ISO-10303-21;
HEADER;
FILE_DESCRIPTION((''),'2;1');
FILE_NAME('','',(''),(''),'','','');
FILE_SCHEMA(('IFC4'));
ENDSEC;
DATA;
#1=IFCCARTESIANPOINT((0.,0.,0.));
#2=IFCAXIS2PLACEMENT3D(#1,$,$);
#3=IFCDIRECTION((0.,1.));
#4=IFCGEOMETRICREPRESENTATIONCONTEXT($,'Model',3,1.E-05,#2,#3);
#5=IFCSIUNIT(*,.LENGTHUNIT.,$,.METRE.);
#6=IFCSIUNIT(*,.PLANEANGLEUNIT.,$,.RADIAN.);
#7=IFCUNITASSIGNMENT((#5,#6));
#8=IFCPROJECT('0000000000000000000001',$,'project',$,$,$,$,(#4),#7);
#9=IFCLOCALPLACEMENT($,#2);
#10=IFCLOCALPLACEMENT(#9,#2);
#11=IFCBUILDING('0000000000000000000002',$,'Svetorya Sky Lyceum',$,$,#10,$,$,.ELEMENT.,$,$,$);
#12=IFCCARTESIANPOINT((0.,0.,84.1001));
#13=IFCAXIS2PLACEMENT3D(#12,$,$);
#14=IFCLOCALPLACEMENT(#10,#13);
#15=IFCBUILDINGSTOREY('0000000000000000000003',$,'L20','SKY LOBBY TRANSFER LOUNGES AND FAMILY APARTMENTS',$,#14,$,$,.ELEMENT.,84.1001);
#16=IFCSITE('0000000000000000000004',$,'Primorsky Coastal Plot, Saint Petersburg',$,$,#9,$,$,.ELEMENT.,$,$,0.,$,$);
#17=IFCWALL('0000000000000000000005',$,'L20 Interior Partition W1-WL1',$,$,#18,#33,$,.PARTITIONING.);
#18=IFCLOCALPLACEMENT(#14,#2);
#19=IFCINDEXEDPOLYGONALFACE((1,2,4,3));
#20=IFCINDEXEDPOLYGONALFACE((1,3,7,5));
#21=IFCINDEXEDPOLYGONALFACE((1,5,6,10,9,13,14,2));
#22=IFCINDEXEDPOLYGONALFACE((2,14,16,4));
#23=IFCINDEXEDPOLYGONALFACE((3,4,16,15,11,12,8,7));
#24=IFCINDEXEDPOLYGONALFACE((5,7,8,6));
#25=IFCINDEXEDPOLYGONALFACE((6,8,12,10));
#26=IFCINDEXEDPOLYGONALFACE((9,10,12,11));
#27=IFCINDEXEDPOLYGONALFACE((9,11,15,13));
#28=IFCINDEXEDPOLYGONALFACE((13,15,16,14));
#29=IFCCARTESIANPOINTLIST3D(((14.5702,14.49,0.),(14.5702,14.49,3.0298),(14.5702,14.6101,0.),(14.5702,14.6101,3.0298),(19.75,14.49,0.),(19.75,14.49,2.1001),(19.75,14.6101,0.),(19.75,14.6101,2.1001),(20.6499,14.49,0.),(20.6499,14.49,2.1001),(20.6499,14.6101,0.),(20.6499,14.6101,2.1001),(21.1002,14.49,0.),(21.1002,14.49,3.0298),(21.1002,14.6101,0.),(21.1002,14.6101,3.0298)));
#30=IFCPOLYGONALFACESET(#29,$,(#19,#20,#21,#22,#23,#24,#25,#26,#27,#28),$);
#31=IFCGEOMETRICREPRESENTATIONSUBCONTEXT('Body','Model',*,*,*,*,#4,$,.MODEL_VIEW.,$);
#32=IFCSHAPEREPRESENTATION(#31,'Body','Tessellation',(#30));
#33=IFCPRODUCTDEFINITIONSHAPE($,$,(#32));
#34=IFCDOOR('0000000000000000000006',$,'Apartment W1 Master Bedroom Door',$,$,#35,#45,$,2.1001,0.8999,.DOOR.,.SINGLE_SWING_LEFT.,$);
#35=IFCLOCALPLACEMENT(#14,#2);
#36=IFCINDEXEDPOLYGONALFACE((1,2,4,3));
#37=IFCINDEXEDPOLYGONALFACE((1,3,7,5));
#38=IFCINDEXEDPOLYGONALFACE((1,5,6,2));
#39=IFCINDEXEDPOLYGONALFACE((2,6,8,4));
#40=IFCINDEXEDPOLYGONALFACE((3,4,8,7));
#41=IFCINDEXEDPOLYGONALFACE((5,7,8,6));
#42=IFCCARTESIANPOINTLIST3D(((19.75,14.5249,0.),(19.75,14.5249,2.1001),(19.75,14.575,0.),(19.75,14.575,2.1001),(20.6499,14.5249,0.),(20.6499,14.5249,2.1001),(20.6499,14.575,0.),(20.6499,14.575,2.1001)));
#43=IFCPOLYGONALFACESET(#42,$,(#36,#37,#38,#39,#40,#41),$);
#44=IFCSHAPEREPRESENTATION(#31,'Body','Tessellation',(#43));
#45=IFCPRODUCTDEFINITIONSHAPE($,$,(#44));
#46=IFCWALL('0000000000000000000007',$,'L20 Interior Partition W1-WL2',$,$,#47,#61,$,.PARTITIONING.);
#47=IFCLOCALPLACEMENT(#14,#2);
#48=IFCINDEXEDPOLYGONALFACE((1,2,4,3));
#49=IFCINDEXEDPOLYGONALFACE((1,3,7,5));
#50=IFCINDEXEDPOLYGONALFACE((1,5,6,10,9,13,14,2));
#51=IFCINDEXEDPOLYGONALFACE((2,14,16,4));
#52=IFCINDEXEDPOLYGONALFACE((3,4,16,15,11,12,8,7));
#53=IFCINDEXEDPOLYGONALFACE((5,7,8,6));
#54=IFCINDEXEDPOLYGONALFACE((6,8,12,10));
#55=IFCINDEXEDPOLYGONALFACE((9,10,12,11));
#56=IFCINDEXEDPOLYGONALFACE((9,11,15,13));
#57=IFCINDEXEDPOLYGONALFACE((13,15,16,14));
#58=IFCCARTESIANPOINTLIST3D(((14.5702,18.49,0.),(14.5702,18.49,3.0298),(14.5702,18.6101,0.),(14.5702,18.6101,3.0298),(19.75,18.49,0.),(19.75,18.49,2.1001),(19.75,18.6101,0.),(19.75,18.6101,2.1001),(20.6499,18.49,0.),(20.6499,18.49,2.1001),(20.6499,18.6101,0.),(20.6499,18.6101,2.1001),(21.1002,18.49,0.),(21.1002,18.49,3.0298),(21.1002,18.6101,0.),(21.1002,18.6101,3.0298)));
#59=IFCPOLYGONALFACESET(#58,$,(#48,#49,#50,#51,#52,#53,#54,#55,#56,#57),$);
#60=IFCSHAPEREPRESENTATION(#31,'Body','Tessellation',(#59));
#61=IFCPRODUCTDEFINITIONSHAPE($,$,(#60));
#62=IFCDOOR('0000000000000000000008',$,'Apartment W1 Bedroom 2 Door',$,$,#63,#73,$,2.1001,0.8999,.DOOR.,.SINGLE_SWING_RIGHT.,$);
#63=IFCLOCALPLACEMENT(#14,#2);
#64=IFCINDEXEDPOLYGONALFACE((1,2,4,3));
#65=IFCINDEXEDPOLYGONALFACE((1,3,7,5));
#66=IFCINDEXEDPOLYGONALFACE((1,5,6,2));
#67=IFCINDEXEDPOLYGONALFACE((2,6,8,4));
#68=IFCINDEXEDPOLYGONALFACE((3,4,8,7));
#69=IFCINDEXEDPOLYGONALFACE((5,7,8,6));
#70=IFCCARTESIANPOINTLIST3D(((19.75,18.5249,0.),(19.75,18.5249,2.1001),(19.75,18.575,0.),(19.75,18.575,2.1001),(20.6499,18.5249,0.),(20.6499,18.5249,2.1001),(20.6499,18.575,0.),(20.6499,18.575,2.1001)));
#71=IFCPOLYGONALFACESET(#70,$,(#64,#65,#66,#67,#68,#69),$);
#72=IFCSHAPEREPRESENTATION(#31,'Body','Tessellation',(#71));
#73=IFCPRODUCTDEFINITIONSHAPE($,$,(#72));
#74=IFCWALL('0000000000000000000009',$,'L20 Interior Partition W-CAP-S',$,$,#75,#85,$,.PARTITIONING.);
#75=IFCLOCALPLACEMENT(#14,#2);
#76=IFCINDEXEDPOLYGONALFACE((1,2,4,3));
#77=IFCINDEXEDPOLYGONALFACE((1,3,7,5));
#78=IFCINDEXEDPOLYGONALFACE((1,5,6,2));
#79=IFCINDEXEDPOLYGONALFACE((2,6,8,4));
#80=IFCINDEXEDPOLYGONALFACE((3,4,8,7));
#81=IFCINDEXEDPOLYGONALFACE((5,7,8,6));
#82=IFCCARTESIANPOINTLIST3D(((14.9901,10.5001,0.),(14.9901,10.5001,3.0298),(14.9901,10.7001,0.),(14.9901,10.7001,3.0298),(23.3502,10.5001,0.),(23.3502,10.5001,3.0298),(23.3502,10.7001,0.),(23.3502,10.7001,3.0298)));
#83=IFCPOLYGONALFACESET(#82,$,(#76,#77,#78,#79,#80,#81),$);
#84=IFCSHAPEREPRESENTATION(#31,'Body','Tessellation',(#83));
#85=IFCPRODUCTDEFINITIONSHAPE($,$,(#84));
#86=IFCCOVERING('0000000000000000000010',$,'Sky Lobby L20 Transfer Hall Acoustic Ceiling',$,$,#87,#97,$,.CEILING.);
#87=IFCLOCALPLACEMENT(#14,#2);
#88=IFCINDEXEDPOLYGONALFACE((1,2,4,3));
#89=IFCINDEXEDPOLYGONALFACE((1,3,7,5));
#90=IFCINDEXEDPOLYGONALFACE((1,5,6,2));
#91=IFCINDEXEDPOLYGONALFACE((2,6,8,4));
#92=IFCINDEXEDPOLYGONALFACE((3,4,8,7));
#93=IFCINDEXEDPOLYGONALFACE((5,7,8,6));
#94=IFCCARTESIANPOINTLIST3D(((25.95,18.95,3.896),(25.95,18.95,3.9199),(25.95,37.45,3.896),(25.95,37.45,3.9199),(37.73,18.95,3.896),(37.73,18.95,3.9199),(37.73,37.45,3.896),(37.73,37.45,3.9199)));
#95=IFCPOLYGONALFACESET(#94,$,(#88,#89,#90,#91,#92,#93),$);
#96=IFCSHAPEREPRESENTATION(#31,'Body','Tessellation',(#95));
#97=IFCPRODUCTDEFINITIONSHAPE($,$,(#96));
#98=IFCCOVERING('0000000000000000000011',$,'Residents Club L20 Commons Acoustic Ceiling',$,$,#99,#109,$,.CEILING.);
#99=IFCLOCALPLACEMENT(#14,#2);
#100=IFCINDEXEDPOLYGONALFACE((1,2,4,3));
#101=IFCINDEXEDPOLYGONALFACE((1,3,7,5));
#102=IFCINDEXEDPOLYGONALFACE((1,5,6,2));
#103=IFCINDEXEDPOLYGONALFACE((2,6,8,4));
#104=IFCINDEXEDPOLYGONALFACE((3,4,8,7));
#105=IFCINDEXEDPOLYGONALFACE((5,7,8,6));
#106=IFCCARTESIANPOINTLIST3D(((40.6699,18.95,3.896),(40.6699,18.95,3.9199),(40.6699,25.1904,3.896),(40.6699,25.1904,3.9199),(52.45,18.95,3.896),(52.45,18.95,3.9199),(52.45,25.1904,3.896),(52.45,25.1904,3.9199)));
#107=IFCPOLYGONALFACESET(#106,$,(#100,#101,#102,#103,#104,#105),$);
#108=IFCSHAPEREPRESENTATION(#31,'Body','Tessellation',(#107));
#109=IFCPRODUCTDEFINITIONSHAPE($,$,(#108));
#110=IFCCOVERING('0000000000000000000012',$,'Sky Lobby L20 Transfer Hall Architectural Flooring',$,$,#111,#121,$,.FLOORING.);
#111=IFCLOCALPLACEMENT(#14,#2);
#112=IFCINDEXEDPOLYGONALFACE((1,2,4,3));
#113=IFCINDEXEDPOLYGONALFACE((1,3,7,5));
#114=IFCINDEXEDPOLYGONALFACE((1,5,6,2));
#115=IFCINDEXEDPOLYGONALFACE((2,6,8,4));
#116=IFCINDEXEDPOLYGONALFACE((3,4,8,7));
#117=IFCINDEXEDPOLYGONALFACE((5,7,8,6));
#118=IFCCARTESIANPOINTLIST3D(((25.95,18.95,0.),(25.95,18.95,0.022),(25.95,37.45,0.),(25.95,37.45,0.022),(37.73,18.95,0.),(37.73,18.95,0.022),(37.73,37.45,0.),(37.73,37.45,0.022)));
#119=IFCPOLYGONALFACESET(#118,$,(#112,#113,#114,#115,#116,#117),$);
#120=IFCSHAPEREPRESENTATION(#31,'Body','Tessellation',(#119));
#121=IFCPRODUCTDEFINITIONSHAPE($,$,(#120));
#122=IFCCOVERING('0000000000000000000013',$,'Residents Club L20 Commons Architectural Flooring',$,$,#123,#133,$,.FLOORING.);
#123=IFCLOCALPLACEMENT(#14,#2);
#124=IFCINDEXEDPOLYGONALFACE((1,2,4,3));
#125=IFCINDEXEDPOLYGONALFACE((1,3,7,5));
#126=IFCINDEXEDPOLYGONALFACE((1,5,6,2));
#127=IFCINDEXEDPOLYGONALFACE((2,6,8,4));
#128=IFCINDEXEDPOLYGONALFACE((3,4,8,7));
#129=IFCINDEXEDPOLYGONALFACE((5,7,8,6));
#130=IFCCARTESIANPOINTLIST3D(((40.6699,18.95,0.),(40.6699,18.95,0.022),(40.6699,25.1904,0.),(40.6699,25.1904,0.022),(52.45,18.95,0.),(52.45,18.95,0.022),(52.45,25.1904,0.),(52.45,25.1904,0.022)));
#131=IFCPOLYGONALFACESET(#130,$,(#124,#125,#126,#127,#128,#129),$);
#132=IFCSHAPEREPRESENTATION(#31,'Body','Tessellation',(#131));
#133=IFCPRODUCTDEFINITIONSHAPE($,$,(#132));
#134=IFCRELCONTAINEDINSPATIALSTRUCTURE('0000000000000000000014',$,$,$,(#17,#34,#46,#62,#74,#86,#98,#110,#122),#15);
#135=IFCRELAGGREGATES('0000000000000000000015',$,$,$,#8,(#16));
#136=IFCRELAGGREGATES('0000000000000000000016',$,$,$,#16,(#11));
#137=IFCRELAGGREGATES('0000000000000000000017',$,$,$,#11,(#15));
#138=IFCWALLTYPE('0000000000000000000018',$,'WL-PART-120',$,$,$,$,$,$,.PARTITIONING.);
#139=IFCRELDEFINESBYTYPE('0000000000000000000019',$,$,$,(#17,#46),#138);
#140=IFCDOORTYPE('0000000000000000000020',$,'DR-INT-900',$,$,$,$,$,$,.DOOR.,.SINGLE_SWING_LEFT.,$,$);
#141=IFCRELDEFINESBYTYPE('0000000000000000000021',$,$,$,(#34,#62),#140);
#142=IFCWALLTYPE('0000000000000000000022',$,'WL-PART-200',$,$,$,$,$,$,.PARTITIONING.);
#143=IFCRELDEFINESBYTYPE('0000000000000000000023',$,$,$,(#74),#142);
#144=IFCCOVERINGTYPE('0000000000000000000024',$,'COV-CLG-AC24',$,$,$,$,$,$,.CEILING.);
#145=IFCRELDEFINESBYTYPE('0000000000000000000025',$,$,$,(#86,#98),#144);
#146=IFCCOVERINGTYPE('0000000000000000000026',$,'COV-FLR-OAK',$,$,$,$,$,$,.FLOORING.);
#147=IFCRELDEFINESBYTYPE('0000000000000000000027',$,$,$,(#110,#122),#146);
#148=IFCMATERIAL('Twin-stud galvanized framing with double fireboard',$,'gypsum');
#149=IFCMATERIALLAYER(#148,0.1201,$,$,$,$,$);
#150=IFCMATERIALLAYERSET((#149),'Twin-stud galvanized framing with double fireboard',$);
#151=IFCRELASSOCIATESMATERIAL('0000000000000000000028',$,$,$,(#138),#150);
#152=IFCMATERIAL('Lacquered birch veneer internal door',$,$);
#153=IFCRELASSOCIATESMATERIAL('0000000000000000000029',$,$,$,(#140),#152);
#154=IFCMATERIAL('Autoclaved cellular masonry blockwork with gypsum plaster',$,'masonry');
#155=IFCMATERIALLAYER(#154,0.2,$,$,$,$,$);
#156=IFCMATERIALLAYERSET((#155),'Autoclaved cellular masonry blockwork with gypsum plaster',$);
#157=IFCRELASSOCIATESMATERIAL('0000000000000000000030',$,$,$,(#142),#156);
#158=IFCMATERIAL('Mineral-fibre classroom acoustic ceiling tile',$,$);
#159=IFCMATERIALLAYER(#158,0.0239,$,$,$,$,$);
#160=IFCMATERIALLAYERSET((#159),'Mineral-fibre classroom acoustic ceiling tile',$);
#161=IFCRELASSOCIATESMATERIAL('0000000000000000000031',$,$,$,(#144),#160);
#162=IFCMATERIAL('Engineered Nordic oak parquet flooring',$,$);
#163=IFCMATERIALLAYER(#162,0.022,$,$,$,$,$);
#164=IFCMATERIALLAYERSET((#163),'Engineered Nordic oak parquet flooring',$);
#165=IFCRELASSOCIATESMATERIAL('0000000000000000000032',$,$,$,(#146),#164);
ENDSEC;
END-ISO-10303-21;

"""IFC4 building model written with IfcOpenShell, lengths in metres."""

from ifc_helpers import new_model, si_unit, direction, frame, frame_2d, origin, place, context, subcontext, project, spatial, polyline, rectangle, outline, extrude, material, layer, layer_set, type_object, element, fill, save


model = new_model("IFC4")

# Units and contexts
model_context = context("Model", 3, precision=1e-05, world=origin(), true_north=direction((0.0, 1.0)))
body_context = subcontext(model_context, "Body", "Model", "MODEL_VIEW")
ifc_project = project(units=[si_unit("LENGTHUNIT", "METRE"), si_unit("PLANEANGLEUNIT", "RADIAN")], contexts=[model_context])

# Site, building, storey
site_placement = place(None, origin())
site = spatial("IfcSite", under=ifc_project, at=site_placement, Name="Primorsky Coastal Plot, Saint Petersburg", CompositionType="ELEMENT", RefElevation=0.0)
building_placement = place(site_placement, origin())
building = spatial("IfcBuilding", under=site, at=building_placement, Name="Svetorya Sky Lyceum", CompositionType="ELEMENT")
storey_placement = place(building_placement, frame((0.0, 0.0, 84.1001)))
storey = spatial("IfcBuildingStorey", under=building, at=storey_placement, Name="L20", Description="SKY LOBBY TRANSFER LOUNGES AND FAMILY APARTMENTS", CompositionType="ELEMENT", Elevation=84.1001)

# Walls, openings, doors
ifc_material_1 = material(Name="Twin-stud galvanized framing with double fireboard", Category="gypsum")
ifc_layer_1 = layer(ifc_material_1, 0.1201)
ifc_layer_set_1 = layer_set([ifc_layer_1], Name="Twin-stud galvanized framing with double fireboard")
wall_type_1 = type_object("IfcWallType", Name="WL-PART-120", PredefinedType="PARTITIONING", material=ifc_layer_set_1)
wall_1_placement = place(storey_placement, frame((14.5701, 14.55, 0.0), z_axis=(0.0, 0.0, 1.0), x_axis=(1.0, 0.0, 0.0)))
wall_1 = element("IfcWall", 1, at=wall_1_placement, inside=storey, type_object=wall_type_1, Name="L20 Interior Partition W1-WL1", PredefinedType="PARTITIONING", context=body_context, shape_type="SweptSolid", body=[
    extrude(rectangle(XDim=6.53, YDim=0.1201, at=frame_2d((3.2651, 0.0))), origin(), (0.0, 0.0, 1.0), 3.0298),
])
opening_1_placement = place(wall_1_placement, frame((5.1799, 0.0, 0.0)))
opening_1 = element("IfcOpeningElement", 2, at=opening_1_placement, cuts=wall_1, PredefinedType="OPENING", context=body_context, shape_type="SweptSolid", body=[
    extrude(rectangle(XDim=0.8999, YDim=2.1001, at=frame_2d((0.45, 1.05))), frame((0.0, 0.0701, 0.0), z_axis=(0.0, -1.0, 0.0), x_axis=(1.0, 0.0, 0.0)), (0.0, 0.0, 1.0), 0.1401),
])
ifc_material_2 = material(Name="Lacquered birch veneer internal door")
door_type = type_object("IfcDoorType", Name="DR-INT-900", OperationType="SINGLE_SWING_LEFT", PredefinedType="DOOR", material=ifc_material_2)
door_1_placement = place(opening_1_placement, origin())
door_1 = element("IfcDoor", 3, at=door_1_placement, inside=storey, type_object=door_type, Name="Apartment W1 Master Bedroom Door", OperationType="SINGLE_SWING_LEFT", OverallHeight=2.1001, OverallWidth=0.8999, PredefinedType="DOOR", context=body_context, shape_type="SweptSolid", body=[
    extrude(rectangle(XDim=0.8999, YDim=2.1001, at=frame_2d((0.45, 1.05))), frame((0.0, 0.0249, 0.0), z_axis=(0.0, -1.0, 0.0), x_axis=(1.0, 0.0, 0.0)), (0.0, 0.0, 1.0), 0.05),
])
fill(opening_1, door_1)
wall_2_placement = place(storey_placement, frame((14.5701, 18.55, 0.0), z_axis=(0.0, 0.0, 1.0), x_axis=(1.0, 0.0, 0.0)))
wall_2 = element("IfcWall", 4, at=wall_2_placement, inside=storey, type_object=wall_type_1, Name="L20 Interior Partition W1-WL2", PredefinedType="PARTITIONING", context=body_context, shape_type="SweptSolid", body=[
    extrude(rectangle(XDim=6.53, YDim=0.1201, at=frame_2d((3.2651, 0.0))), origin(), (0.0, 0.0, 1.0), 3.0298),
])
opening_2_placement = place(wall_2_placement, frame((5.1799, 0.0, 0.0)))
opening_2 = element("IfcOpeningElement", 5, at=opening_2_placement, cuts=wall_2, PredefinedType="OPENING", context=body_context, shape_type="SweptSolid", body=[
    extrude(rectangle(XDim=0.8999, YDim=2.1001, at=frame_2d((0.45, 1.05))), frame((0.0, 0.0701, 0.0), z_axis=(0.0, -1.0, 0.0), x_axis=(1.0, 0.0, 0.0)), (0.0, 0.0, 1.0), 0.1401),
])
door_2_placement = place(opening_2_placement, origin())
door_2 = element("IfcDoor", 6, at=door_2_placement, inside=storey, type_object=door_type, Name="Apartment W1 Bedroom 2 Door", OperationType="SINGLE_SWING_RIGHT", OverallHeight=2.1001, OverallWidth=0.8999, PredefinedType="DOOR", context=body_context, shape_type="SweptSolid", body=[
    extrude(rectangle(XDim=0.8999, YDim=2.1001, at=frame_2d((0.45, 1.05))), frame((0.0, 0.0249, 0.0), z_axis=(0.0, -1.0, 0.0), x_axis=(1.0, 0.0, 0.0)), (0.0, 0.0, 1.0), 0.05),
])
fill(opening_2, door_2)

# Wall
ifc_material_3 = material(Name="Autoclaved cellular masonry blockwork with gypsum plaster", Category="masonry")
ifc_layer_2 = layer(ifc_material_3, 0.2)
ifc_layer_set_2 = layer_set([ifc_layer_2], Name="Autoclaved cellular masonry blockwork with gypsum plaster")
wall_type_2 = type_object("IfcWallType", Name="WL-PART-200", PredefinedType="PARTITIONING", material=ifc_layer_set_2)
wall_3_placement = place(storey_placement, frame((14.99, 10.6001, 0.0), z_axis=(0.0, 0.0, 1.0), x_axis=(1.0, 0.0, 0.0)))
element("IfcWall", 7, at=wall_3_placement, inside=storey, type_object=wall_type_2, Name="L20 Interior Partition W-CAP-S", PredefinedType="PARTITIONING", context=body_context, shape_type="SweptSolid", body=[
    extrude(rectangle(XDim=8.3601, YDim=0.2, at=frame_2d((4.1802, 0.0))), origin(), (0.0, 0.0, 1.0), 3.0298),
])

# Coverings
ifc_material_4 = material(Name="Mineral-fibre classroom acoustic ceiling tile")
ifc_layer_3 = layer(ifc_material_4, 0.0239)
ifc_layer_set_3 = layer_set([ifc_layer_3], Name="Mineral-fibre classroom acoustic ceiling tile")
covering_type_1 = type_object("IfcCoveringType", Name="COV-CLG-AC24", PredefinedType="CEILING", material=ifc_layer_set_3)
covering_1_placement = place(storey_placement, frame((0.0, 0.0, 3.896)))
element("IfcCovering", 8, at=covering_1_placement, inside=storey, type_object=covering_type_1, Name="Sky Lobby L20 Transfer Hall Acoustic Ceiling", PredefinedType="CEILING", context=body_context, shape_type="SweptSolid", body=[
    extrude(outline(polyline([(25.95, 18.95), (37.73, 18.95), (37.73, 37.45), (25.95, 37.45), (25.95, 18.95)])), origin(), (0.0, 0.0, 1.0), 0.0239),
])
covering_2_placement = place(storey_placement, frame((0.0, 0.0, 3.896)))
element("IfcCovering", 9, at=covering_2_placement, inside=storey, type_object=covering_type_1, Name="Residents Club L20 Commons Acoustic Ceiling", PredefinedType="CEILING", context=body_context, shape_type="SweptSolid", body=[
    extrude(outline(polyline([(40.6699, 18.95), (52.45, 18.95), (52.45, 25.1904), (40.6699, 25.1904), (40.6699, 18.95)])), origin(), (0.0, 0.0, 1.0), 0.0239),
])
ifc_material_5 = material(Name="Engineered Nordic oak parquet flooring")
ifc_layer_4 = layer(ifc_material_5, 0.022)
ifc_layer_set_4 = layer_set([ifc_layer_4], Name="Engineered Nordic oak parquet flooring")
covering_type_2 = type_object("IfcCoveringType", Name="COV-FLR-OAK", PredefinedType="FLOORING", material=ifc_layer_set_4)
covering_3_placement = place(storey_placement, origin())
element("IfcCovering", 10, at=covering_3_placement, inside=storey, type_object=covering_type_2, Name="Sky Lobby L20 Transfer Hall Architectural Flooring", PredefinedType="FLOORING", context=body_context, shape_type="SweptSolid", body=[
    extrude(outline(polyline([(25.95, 18.95), (37.73, 18.95), (37.73, 37.45), (25.95, 37.45), (25.95, 18.95)])), origin(), (0.0, 0.0, 1.0), 0.022),
])
covering_4_placement = place(storey_placement, origin())
element("IfcCovering", 11, at=covering_4_placement, inside=storey, type_object=covering_type_2, Name="Residents Club L20 Commons Architectural Flooring", PredefinedType="FLOORING", context=body_context, shape_type="SweptSolid", body=[
    extrude(outline(polyline([(40.6699, 18.95), (52.45, 18.95), (52.45, 25.1904), (40.6699, 25.1904), (40.6699, 18.95)])), origin(), (0.0, 0.0, 1.0), 0.022),
])

save(model, "model.ifc")
